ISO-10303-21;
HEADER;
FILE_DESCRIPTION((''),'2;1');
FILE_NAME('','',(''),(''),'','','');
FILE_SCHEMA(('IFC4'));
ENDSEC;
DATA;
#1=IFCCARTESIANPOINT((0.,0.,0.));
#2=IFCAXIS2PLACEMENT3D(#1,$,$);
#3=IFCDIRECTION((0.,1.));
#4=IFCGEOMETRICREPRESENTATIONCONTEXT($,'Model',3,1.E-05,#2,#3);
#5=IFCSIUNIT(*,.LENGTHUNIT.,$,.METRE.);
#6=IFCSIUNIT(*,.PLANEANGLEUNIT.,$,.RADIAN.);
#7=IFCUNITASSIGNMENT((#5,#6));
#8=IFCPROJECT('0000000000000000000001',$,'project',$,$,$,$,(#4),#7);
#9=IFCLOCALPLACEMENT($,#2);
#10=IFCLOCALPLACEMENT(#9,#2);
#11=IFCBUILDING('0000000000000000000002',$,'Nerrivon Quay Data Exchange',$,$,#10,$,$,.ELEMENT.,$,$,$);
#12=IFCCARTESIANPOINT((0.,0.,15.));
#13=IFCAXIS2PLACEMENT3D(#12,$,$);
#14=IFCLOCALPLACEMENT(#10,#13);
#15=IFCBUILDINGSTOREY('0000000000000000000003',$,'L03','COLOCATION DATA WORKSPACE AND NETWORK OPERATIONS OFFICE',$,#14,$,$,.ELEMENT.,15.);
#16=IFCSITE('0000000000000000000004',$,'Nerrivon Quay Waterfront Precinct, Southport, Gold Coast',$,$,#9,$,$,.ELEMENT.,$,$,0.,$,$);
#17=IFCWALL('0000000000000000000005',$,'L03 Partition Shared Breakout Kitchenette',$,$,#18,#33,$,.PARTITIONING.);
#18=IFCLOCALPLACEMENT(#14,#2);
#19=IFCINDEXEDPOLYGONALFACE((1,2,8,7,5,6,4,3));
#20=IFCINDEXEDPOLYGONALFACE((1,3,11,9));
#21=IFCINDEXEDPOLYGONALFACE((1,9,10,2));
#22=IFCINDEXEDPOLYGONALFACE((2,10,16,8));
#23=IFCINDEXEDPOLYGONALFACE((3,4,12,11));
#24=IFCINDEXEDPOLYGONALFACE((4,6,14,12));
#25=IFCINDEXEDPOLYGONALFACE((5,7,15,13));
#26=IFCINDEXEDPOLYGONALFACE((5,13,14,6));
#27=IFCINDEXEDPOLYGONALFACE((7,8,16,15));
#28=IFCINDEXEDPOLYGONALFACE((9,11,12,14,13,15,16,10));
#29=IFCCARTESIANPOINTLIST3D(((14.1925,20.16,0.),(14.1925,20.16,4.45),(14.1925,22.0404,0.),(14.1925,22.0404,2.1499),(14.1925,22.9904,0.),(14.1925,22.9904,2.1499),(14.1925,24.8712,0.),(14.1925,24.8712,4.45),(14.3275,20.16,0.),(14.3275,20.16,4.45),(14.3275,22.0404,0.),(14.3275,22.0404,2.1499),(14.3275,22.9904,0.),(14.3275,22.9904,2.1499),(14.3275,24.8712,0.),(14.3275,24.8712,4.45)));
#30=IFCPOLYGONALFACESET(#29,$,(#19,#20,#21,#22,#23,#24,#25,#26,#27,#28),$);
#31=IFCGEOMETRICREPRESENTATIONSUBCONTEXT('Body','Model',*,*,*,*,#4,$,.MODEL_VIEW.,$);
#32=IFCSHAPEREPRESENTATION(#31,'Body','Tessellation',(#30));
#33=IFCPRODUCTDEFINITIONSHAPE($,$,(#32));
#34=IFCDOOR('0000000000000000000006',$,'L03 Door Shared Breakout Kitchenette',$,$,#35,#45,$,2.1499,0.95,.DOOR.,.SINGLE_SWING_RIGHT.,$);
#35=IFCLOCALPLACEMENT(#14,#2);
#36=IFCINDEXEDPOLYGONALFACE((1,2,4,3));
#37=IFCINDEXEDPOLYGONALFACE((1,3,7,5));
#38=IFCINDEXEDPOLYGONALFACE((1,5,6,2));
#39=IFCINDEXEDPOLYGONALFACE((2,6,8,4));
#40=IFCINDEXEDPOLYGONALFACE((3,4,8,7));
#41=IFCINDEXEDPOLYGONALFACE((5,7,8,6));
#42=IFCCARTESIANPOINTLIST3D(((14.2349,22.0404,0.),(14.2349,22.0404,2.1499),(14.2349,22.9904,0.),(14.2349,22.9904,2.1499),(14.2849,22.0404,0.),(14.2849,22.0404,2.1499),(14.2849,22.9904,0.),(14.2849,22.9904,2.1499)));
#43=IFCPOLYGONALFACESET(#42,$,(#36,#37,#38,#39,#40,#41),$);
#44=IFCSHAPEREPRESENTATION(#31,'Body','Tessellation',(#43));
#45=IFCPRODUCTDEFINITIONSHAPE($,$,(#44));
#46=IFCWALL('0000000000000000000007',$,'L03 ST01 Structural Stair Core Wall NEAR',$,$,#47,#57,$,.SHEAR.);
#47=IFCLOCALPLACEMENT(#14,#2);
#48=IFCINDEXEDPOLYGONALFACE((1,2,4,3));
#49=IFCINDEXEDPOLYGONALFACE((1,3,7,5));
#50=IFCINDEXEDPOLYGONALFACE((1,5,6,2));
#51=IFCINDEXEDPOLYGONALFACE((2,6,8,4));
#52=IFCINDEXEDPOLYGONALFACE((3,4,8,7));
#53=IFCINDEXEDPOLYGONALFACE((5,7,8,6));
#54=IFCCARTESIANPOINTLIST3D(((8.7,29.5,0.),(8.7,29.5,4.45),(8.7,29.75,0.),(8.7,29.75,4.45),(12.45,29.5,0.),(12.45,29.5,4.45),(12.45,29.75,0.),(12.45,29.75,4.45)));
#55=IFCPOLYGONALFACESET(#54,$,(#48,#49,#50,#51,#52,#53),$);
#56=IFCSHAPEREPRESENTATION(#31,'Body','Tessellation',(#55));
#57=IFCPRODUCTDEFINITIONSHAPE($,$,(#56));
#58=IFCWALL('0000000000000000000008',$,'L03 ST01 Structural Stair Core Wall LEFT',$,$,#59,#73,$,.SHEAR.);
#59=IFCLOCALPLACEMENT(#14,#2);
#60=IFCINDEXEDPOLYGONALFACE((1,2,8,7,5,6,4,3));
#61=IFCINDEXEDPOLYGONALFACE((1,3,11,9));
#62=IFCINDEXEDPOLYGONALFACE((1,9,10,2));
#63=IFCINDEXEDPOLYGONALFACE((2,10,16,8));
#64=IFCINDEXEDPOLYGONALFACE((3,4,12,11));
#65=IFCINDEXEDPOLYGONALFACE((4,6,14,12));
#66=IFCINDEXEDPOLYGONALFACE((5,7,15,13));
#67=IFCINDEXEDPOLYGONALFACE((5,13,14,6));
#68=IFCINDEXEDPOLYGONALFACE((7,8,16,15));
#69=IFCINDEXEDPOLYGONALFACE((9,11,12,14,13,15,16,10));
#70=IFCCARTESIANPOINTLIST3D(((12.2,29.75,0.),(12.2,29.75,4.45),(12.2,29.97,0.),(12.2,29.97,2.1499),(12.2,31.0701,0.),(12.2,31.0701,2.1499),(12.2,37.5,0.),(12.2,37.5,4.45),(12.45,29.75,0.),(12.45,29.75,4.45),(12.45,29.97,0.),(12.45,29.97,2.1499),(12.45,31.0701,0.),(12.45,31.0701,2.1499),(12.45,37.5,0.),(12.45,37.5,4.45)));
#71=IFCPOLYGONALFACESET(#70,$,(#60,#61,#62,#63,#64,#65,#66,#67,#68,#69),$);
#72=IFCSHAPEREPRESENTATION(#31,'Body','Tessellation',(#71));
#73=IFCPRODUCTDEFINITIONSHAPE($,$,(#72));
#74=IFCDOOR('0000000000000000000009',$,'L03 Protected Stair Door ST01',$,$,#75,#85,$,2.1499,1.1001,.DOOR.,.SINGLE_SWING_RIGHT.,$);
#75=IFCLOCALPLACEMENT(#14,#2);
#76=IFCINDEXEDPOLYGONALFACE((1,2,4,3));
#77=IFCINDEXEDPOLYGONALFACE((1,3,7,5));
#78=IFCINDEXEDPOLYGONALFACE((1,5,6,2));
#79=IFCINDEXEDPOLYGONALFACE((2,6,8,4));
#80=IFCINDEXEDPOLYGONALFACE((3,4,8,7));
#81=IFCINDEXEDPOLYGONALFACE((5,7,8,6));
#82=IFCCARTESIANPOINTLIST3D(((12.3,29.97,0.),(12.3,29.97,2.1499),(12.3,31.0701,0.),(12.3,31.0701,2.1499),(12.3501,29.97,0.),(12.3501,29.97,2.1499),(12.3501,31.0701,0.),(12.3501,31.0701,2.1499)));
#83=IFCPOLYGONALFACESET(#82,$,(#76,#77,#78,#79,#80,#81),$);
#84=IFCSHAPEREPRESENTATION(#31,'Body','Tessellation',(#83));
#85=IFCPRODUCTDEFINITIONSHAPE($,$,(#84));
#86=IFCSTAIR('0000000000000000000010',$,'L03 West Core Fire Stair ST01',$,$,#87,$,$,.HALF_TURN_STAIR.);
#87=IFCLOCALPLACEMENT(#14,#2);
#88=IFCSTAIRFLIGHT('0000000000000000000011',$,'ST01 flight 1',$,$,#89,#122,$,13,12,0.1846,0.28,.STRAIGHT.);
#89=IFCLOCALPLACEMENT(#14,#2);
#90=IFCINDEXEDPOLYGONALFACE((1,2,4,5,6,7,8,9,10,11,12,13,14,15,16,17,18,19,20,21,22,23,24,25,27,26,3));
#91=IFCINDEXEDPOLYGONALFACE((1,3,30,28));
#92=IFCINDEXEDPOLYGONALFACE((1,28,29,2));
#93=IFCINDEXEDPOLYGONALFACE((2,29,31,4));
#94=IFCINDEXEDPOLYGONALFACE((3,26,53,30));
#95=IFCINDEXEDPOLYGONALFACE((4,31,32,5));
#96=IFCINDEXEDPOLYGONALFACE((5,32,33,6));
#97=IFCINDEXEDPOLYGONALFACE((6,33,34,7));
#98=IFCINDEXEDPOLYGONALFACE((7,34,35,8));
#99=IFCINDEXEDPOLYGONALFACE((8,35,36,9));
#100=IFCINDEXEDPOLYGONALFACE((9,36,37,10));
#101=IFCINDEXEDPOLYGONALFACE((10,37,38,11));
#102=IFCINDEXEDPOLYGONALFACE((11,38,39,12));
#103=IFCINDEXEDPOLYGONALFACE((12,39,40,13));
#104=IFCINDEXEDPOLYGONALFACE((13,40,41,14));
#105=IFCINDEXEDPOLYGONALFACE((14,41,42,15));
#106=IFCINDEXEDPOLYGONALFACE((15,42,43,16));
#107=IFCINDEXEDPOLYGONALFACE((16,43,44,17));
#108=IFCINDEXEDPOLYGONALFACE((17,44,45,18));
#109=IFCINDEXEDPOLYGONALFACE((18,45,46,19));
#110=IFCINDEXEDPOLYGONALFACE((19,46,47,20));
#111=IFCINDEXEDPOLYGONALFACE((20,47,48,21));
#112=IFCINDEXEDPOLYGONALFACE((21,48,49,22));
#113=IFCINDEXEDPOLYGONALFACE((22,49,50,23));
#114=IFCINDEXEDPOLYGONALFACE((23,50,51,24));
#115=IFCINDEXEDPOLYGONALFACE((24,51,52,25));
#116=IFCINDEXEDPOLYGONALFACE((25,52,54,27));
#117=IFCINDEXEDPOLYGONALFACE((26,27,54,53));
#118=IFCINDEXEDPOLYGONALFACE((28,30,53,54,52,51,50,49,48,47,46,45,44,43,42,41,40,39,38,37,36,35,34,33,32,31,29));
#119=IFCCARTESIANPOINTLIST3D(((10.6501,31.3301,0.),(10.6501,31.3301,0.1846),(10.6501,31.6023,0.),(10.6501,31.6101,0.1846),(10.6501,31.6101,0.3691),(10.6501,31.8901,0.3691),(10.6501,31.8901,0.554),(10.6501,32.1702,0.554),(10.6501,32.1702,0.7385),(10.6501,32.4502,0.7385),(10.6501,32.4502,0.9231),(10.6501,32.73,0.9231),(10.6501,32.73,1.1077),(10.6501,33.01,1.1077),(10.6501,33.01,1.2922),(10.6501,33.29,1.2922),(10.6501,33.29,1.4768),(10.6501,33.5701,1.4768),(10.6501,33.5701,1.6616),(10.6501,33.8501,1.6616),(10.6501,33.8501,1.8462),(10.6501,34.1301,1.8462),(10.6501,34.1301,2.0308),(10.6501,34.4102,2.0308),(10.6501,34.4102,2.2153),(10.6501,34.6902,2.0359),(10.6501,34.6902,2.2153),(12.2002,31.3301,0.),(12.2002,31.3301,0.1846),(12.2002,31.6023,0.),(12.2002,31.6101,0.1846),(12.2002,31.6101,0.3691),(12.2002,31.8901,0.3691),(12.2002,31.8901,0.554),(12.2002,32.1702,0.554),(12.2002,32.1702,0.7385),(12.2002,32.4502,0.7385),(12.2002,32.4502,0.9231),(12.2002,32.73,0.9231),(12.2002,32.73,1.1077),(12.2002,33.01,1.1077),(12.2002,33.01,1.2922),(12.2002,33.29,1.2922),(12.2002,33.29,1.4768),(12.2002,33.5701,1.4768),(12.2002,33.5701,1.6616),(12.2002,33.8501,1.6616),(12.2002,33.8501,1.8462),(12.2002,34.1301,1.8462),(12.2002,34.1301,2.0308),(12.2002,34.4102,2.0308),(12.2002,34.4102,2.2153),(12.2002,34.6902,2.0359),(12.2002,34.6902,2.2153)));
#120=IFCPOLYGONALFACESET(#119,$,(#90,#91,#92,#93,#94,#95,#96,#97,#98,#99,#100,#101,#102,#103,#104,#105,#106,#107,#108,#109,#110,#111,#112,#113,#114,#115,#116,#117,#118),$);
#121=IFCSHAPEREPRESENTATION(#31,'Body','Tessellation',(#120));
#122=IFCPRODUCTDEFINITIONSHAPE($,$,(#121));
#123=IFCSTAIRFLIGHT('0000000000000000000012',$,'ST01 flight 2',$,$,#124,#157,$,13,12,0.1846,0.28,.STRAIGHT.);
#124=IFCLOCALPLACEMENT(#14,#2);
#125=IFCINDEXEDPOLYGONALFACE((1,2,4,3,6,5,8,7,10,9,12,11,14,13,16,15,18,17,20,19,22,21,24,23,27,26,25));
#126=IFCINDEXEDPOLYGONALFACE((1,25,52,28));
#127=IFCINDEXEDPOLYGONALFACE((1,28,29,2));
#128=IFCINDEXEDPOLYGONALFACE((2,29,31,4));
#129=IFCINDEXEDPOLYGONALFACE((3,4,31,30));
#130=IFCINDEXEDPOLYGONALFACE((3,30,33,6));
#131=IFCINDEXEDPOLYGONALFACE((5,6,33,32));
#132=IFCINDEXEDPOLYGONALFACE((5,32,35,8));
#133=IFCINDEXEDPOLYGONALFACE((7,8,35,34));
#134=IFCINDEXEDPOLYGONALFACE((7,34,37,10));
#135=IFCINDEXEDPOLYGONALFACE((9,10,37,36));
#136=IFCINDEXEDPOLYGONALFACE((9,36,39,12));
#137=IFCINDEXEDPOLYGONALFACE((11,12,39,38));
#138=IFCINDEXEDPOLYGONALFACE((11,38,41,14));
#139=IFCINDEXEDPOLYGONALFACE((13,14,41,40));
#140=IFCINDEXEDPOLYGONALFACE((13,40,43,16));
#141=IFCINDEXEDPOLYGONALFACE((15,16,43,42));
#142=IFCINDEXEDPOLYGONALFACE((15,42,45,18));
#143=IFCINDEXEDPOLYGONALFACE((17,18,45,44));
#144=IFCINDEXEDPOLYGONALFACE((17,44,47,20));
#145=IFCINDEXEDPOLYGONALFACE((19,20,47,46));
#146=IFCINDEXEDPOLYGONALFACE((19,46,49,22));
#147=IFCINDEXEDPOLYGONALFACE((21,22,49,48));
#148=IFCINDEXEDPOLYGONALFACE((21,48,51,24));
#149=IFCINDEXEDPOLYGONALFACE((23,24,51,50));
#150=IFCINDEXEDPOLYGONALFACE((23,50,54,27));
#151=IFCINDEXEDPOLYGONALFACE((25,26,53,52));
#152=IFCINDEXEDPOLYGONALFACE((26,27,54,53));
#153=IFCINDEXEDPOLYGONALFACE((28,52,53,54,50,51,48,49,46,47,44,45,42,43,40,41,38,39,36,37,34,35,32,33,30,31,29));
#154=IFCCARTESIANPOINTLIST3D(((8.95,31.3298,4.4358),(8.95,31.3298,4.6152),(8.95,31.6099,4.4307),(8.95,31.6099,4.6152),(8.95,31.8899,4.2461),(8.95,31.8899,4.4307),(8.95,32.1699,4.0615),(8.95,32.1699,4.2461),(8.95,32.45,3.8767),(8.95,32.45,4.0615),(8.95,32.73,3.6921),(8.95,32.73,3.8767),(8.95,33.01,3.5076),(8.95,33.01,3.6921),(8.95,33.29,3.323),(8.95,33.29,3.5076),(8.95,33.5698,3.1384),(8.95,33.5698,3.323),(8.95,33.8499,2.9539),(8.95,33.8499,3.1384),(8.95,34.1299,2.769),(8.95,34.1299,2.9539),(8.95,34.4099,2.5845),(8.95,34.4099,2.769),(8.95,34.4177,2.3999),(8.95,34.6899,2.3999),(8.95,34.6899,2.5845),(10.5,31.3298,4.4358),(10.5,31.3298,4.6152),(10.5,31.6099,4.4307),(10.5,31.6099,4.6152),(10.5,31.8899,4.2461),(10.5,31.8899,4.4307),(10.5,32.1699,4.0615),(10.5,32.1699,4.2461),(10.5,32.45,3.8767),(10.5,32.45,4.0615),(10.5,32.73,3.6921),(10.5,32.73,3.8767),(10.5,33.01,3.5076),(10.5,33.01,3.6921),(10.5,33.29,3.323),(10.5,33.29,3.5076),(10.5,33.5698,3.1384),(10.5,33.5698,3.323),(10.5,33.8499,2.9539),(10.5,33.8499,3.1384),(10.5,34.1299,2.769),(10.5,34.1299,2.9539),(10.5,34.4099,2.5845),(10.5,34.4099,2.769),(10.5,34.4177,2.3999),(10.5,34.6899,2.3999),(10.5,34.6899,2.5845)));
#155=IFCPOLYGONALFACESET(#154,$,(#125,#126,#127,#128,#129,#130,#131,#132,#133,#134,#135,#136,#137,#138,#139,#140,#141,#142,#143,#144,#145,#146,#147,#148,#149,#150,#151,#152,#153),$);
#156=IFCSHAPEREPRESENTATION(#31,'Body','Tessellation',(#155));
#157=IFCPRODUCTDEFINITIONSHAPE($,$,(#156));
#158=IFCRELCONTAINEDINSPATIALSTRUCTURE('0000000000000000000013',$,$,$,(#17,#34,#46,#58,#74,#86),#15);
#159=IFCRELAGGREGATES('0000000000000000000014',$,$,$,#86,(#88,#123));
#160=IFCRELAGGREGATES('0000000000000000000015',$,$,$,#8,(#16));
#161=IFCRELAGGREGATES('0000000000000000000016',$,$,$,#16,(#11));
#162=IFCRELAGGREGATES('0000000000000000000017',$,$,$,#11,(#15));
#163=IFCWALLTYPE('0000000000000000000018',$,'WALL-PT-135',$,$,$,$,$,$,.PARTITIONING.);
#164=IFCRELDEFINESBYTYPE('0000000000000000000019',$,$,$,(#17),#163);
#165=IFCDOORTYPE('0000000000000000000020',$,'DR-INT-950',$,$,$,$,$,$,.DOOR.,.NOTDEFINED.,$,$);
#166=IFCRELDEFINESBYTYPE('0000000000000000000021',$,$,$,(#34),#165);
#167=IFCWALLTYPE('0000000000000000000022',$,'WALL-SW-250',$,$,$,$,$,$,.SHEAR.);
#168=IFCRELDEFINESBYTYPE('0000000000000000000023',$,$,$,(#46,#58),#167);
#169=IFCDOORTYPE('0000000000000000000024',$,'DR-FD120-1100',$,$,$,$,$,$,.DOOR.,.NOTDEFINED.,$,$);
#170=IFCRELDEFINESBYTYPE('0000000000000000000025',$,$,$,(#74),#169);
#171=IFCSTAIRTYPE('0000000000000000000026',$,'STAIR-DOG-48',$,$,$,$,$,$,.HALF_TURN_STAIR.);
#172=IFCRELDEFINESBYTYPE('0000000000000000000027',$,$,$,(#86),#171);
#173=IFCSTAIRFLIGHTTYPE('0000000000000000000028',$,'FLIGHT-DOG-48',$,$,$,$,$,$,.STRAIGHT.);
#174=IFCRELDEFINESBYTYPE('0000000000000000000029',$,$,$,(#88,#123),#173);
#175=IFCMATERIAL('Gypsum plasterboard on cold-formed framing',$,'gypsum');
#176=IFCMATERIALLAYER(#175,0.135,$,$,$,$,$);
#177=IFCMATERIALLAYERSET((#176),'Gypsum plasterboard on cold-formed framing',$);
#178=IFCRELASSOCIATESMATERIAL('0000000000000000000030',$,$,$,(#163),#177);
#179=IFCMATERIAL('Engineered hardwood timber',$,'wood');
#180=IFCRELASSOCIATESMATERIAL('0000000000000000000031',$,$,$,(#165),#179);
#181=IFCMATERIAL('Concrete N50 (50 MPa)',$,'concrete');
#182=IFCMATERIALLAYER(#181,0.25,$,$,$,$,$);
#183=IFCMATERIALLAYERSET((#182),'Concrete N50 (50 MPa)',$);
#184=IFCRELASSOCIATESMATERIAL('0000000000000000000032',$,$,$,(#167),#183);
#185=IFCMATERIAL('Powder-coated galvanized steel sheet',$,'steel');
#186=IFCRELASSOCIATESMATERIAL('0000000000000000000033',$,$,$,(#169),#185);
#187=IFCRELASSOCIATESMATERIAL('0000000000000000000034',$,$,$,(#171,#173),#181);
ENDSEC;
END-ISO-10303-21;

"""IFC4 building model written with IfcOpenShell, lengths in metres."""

from ifc_helpers import new_model, si_unit, direction, frame, frame_2d, origin, place, context, subcontext, project, spatial, polyline, rectangle, outline, extrude, material, layer, layer_set, type_object, element, fill, aggregate, save


model = new_model("IFC4")

# Units and contexts
model_context = context("Model", 3, precision=1e-05, world=origin(), true_north=direction((0.0, 1.0)))
body_context = subcontext(model_context, "Body", "Model", "MODEL_VIEW")
ifc_project = project(units=[si_unit("LENGTHUNIT", "METRE"), si_unit("PLANEANGLEUNIT", "RADIAN")], contexts=[model_context])

# Site, building, storey
site_placement = place(None, origin())
site = spatial("IfcSite", under=ifc_project, at=site_placement, Name="Nerrivon Quay Waterfront Precinct, Southport, Gold Coast", CompositionType="ELEMENT", RefElevation=0.0)
building_placement = place(site_placement, origin())
building = spatial("IfcBuilding", under=site, at=building_placement, Name="Nerrivon Quay Data Exchange", CompositionType="ELEMENT")
storey_placement = place(building_placement, frame((0.0, 0.0, 15.0)))
storey = spatial("IfcBuildingStorey", under=building, at=storey_placement, Name="L03", Description="COLOCATION DATA WORKSPACE AND NETWORK OPERATIONS OFFICE", CompositionType="ELEMENT", Elevation=15.0)

# Shared definitions
ifc_material_1 = material(Name="Concrete N50 (50 MPa)", Category="concrete")

# Wall, opening, door
ifc_material_2 = material(Name="Gypsum plasterboard on cold-formed framing", Category="gypsum")
ifc_material_3 = material(Name="Powder-coated galvanized steel sheet", Category="steel")
ifc_layer_1 = layer(ifc_material_2, 0.135)
ifc_layer_set_1 = layer_set([ifc_layer_1], Name="Gypsum plasterboard on cold-formed framing")
wall_type_1 = type_object("IfcWallType", Name="WALL-PT-135", PredefinedType="PARTITIONING", material=ifc_layer_set_1)
wall_1_placement = place(storey_placement, frame((14.26, 24.8711, 0.0), z_axis=(0.0, 0.0, 1.0), x_axis=(0.0, -1.0, 0.0)))
wall_1 = element("IfcWall", 1, at=wall_1_placement, inside=storey, type_object=wall_type_1, Name="L03 Partition Shared Breakout Kitchenette", PredefinedType="PARTITIONING", context=body_context, shape_type="SweptSolid", body=[
    extrude(rectangle(XDim=4.7112, YDim=0.135, at=frame_2d((2.3555, 0.0))), origin(), (0.0, 0.0, 1.0), 4.45),
])
opening_1_placement = place(wall_1_placement, frame((1.8806, 0.0, 0.0)))
opening_1 = element("IfcOpeningElement", 2, at=opening_1_placement, cuts=wall_1, PredefinedType="OPENING", context=body_context, shape_type="SweptSolid", body=[
    extrude(rectangle(XDim=0.95, YDim=2.1499, at=frame_2d((0.4751, 1.075))), frame((0.0, 0.0774, 0.0), z_axis=(0.0, -1.0, 0.0), x_axis=(1.0, 0.0, 0.0)), (0.0, 0.0, 1.0), 0.155),
])
ifc_material_4 = material(Name="Engineered hardwood timber", Category="wood")
door_type_1 = type_object("IfcDoorType", Name="DR-INT-950", OperationType="NOTDEFINED", PredefinedType="DOOR", material=ifc_material_4)
door_1_placement = place(opening_1_placement, origin())
door_1 = element("IfcDoor", 3, at=door_1_placement, inside=storey, type_object=door_type_1, Name="L03 Door Shared Breakout Kitchenette", OperationType="SINGLE_SWING_RIGHT", OverallHeight=2.1499, OverallWidth=0.95, PredefinedType="DOOR", context=body_context, shape_type="SweptSolid", body=[
    extrude(rectangle(XDim=0.95, YDim=2.1499, at=frame_2d((0.4751, 1.075))), frame((0.0, 0.0249, 0.0), z_axis=(0.0, -1.0, 0.0), x_axis=(1.0, 0.0, 0.0)), (0.0, 0.0, 1.0), 0.05),
])
fill(opening_1, door_1)

# Wall
ifc_layer_2 = layer(ifc_material_1, 0.25)
ifc_layer_set_2 = layer_set([ifc_layer_2], Name="Concrete N50 (50 MPa)")
wall_type_2 = type_object("IfcWallType", Name="WALL-SW-250", PredefinedType="SHEAR", material=ifc_layer_set_2)
wall_2_placement = place(storey_placement, frame((12.45, 29.625, 0.0), z_axis=(0.0, 0.0, 1.0), x_axis=(-1.0, 0.0, 0.0)))
element("IfcWall", 4, at=wall_2_placement, inside=storey, type_object=wall_type_2, Name="L03 ST01 Structural Stair Core Wall NEAR", PredefinedType="SHEAR", context=body_context, shape_type="SweptSolid", body=[
    extrude(rectangle(XDim=3.75, YDim=0.25, at=frame_2d((1.875, 0.0))), origin(), (0.0, 0.0, 1.0), 4.45),
])

# Wall, opening, door
wall_3_placement = place(storey_placement, frame((12.325, 29.75, 0.0), z_axis=(0.0, 0.0, 1.0), x_axis=(0.0, 1.0, 0.0)))
wall_3 = element("IfcWall", 5, at=wall_3_placement, inside=storey, type_object=wall_type_2, Name="L03 ST01 Structural Stair Core Wall LEFT", PredefinedType="SHEAR", context=body_context, shape_type="SweptSolid", body=[
    extrude(rectangle(XDim=7.75, YDim=0.25, at=frame_2d((3.875, 0.0))), origin(), (0.0, 0.0, 1.0), 4.45),
])
opening_2_placement = place(wall_3_placement, frame((0.22, 0.0, 0.0)))
opening_2 = element("IfcOpeningElement", 6, at=opening_2_placement, cuts=wall_3, PredefinedType="OPENING", context=body_context, shape_type="SweptSolid", body=[
    extrude(rectangle(XDim=1.1001, YDim=2.1499, at=frame_2d((0.55, 1.075))), frame((0.0, 0.135, 0.0), z_axis=(0.0, -1.0, 0.0), x_axis=(1.0, 0.0, 0.0)), (0.0, 0.0, 1.0), 0.27),
])
door_type_2 = type_object("IfcDoorType", Name="DR-FD120-1100", OperationType="NOTDEFINED", PredefinedType="DOOR", material=ifc_material_3)
door_2_placement = place(opening_2_placement, origin())
door_2 = element("IfcDoor", 7, at=door_2_placement, inside=storey, type_object=door_type_2, Name="L03 Protected Stair Door ST01", OperationType="SINGLE_SWING_RIGHT", OverallHeight=2.1499, OverallWidth=1.1001, PredefinedType="DOOR", context=body_context, shape_type="SweptSolid", body=[
    extrude(rectangle(XDim=1.1001, YDim=2.1499, at=frame_2d((0.55, 1.075))), frame((0.0, 0.0249, 0.0), z_axis=(0.0, -1.0, 0.0), x_axis=(1.0, 0.0, 0.0)), (0.0, 0.0, 1.0), 0.05),
])
fill(opening_2, door_2)

# Stair, stair flights
stair_type = type_object("IfcStairType", Name="STAIR-DOG-48", PredefinedType="HALF_TURN_STAIR", material=ifc_material_1)
stair_placement = place(storey_placement, origin())
stair = element("IfcStair", 8, at=stair_placement, inside=storey, type_object=stair_type, Name="L03 West Core Fire Stair ST01", PredefinedType="HALF_TURN_STAIR")
stair_flight_type = type_object("IfcStairFlightType", Name="FLIGHT-DOG-48", PredefinedType="STRAIGHT", material=ifc_material_1)
stair_flight_1_placement = place(storey_placement, frame((11.425, 31.3301, 0.0), z_axis=(0.0, 0.0, 1.0), x_axis=(0.0, 1.0, 0.0)))
stair_flight_1 = element("IfcStairFlight", 9, at=stair_flight_1_placement, type_object=stair_flight_type, Name="ST01 flight 1", NumberOfRisers=13, NumberOfTreads=12, PredefinedType="STRAIGHT", RiserHeight=0.1846, TreadLength=0.28, context=body_context, shape_type="SweptSolid", body=[
    extrude(outline(polyline([(0.0, 0.0), (0.0, 0.1846), (0.28, 0.1846), (0.28, 0.3691), (0.5601, 0.3691), (0.5601, 0.554), (0.8401, 0.554), (0.8401, 0.7385), (1.1201, 0.7385), (1.1201, 0.9231), (1.3999, 0.9231), (1.3999, 1.1077), (1.6799, 1.1077), (1.6799, 1.2922), (1.96, 1.2922), (1.96, 1.4768), (2.24, 1.4768), (2.24, 1.6616), (2.52, 1.6616), (2.52, 1.8462), (2.8, 1.8462), (2.8, 2.0308), (3.0801, 2.0308), (3.0801, 2.2153), (3.3601, 2.2153), (3.3601, 2.3999), (3.3601, 2.0359), (0.2722, 0.0), (0.0, 0.0)])), frame((0.0, 0.7749, 0.0), z_axis=(0.0, -1.0, 0.0), x_axis=(1.0, 0.0, 0.0)), (0.0, 0.0, 1.0), 1.55),
])
stair_flight_2_placement = place(storey_placement, frame((9.7251, 34.6899, 2.3999), z_axis=(0.0, 0.0, 1.0), x_axis=(0.0, -1.0, 0.0)))
stair_flight_2 = element("IfcStairFlight", 10, at=stair_flight_2_placement, type_object=stair_flight_type, Name="ST01 flight 2", NumberOfRisers=13, NumberOfTreads=12, PredefinedType="STRAIGHT", RiserHeight=0.1846, TreadLength=0.28, context=body_context, shape_type="SweptSolid", body=[
    extrude(outline(polyline([(0.0, 0.0), (0.0, 0.1846), (0.28, 0.1846), (0.28, 0.3691), (0.5601, 0.3691), (0.5601, 0.554), (0.8401, 0.554), (0.8401, 0.7385), (1.1201, 0.7385), (1.1201, 0.9231), (1.3999, 0.9231), (1.3999, 1.1077), (1.6799, 1.1077), (1.6799, 1.2922), (1.96, 1.2922), (1.96, 1.4768), (2.24, 1.4768), (2.24, 1.6616), (2.52, 1.6616), (2.52, 1.8462), (2.8, 1.8462), (2.8, 2.0308), (3.0801, 2.0308), (3.0801, 2.2153), (3.3601, 2.2153), (3.3601, 2.3999), (3.3601, 2.0359), (0.2722, 0.0), (0.0, 0.0)])), frame((0.0, 0.7749, 0.0), z_axis=(0.0, -1.0, 0.0), x_axis=(1.0, 0.0, 0.0)), (0.0, 0.0, 1.0), 1.55),
])
aggregate(stair, [stair_flight_1, stair_flight_2])

save(model, "model.ifc")
